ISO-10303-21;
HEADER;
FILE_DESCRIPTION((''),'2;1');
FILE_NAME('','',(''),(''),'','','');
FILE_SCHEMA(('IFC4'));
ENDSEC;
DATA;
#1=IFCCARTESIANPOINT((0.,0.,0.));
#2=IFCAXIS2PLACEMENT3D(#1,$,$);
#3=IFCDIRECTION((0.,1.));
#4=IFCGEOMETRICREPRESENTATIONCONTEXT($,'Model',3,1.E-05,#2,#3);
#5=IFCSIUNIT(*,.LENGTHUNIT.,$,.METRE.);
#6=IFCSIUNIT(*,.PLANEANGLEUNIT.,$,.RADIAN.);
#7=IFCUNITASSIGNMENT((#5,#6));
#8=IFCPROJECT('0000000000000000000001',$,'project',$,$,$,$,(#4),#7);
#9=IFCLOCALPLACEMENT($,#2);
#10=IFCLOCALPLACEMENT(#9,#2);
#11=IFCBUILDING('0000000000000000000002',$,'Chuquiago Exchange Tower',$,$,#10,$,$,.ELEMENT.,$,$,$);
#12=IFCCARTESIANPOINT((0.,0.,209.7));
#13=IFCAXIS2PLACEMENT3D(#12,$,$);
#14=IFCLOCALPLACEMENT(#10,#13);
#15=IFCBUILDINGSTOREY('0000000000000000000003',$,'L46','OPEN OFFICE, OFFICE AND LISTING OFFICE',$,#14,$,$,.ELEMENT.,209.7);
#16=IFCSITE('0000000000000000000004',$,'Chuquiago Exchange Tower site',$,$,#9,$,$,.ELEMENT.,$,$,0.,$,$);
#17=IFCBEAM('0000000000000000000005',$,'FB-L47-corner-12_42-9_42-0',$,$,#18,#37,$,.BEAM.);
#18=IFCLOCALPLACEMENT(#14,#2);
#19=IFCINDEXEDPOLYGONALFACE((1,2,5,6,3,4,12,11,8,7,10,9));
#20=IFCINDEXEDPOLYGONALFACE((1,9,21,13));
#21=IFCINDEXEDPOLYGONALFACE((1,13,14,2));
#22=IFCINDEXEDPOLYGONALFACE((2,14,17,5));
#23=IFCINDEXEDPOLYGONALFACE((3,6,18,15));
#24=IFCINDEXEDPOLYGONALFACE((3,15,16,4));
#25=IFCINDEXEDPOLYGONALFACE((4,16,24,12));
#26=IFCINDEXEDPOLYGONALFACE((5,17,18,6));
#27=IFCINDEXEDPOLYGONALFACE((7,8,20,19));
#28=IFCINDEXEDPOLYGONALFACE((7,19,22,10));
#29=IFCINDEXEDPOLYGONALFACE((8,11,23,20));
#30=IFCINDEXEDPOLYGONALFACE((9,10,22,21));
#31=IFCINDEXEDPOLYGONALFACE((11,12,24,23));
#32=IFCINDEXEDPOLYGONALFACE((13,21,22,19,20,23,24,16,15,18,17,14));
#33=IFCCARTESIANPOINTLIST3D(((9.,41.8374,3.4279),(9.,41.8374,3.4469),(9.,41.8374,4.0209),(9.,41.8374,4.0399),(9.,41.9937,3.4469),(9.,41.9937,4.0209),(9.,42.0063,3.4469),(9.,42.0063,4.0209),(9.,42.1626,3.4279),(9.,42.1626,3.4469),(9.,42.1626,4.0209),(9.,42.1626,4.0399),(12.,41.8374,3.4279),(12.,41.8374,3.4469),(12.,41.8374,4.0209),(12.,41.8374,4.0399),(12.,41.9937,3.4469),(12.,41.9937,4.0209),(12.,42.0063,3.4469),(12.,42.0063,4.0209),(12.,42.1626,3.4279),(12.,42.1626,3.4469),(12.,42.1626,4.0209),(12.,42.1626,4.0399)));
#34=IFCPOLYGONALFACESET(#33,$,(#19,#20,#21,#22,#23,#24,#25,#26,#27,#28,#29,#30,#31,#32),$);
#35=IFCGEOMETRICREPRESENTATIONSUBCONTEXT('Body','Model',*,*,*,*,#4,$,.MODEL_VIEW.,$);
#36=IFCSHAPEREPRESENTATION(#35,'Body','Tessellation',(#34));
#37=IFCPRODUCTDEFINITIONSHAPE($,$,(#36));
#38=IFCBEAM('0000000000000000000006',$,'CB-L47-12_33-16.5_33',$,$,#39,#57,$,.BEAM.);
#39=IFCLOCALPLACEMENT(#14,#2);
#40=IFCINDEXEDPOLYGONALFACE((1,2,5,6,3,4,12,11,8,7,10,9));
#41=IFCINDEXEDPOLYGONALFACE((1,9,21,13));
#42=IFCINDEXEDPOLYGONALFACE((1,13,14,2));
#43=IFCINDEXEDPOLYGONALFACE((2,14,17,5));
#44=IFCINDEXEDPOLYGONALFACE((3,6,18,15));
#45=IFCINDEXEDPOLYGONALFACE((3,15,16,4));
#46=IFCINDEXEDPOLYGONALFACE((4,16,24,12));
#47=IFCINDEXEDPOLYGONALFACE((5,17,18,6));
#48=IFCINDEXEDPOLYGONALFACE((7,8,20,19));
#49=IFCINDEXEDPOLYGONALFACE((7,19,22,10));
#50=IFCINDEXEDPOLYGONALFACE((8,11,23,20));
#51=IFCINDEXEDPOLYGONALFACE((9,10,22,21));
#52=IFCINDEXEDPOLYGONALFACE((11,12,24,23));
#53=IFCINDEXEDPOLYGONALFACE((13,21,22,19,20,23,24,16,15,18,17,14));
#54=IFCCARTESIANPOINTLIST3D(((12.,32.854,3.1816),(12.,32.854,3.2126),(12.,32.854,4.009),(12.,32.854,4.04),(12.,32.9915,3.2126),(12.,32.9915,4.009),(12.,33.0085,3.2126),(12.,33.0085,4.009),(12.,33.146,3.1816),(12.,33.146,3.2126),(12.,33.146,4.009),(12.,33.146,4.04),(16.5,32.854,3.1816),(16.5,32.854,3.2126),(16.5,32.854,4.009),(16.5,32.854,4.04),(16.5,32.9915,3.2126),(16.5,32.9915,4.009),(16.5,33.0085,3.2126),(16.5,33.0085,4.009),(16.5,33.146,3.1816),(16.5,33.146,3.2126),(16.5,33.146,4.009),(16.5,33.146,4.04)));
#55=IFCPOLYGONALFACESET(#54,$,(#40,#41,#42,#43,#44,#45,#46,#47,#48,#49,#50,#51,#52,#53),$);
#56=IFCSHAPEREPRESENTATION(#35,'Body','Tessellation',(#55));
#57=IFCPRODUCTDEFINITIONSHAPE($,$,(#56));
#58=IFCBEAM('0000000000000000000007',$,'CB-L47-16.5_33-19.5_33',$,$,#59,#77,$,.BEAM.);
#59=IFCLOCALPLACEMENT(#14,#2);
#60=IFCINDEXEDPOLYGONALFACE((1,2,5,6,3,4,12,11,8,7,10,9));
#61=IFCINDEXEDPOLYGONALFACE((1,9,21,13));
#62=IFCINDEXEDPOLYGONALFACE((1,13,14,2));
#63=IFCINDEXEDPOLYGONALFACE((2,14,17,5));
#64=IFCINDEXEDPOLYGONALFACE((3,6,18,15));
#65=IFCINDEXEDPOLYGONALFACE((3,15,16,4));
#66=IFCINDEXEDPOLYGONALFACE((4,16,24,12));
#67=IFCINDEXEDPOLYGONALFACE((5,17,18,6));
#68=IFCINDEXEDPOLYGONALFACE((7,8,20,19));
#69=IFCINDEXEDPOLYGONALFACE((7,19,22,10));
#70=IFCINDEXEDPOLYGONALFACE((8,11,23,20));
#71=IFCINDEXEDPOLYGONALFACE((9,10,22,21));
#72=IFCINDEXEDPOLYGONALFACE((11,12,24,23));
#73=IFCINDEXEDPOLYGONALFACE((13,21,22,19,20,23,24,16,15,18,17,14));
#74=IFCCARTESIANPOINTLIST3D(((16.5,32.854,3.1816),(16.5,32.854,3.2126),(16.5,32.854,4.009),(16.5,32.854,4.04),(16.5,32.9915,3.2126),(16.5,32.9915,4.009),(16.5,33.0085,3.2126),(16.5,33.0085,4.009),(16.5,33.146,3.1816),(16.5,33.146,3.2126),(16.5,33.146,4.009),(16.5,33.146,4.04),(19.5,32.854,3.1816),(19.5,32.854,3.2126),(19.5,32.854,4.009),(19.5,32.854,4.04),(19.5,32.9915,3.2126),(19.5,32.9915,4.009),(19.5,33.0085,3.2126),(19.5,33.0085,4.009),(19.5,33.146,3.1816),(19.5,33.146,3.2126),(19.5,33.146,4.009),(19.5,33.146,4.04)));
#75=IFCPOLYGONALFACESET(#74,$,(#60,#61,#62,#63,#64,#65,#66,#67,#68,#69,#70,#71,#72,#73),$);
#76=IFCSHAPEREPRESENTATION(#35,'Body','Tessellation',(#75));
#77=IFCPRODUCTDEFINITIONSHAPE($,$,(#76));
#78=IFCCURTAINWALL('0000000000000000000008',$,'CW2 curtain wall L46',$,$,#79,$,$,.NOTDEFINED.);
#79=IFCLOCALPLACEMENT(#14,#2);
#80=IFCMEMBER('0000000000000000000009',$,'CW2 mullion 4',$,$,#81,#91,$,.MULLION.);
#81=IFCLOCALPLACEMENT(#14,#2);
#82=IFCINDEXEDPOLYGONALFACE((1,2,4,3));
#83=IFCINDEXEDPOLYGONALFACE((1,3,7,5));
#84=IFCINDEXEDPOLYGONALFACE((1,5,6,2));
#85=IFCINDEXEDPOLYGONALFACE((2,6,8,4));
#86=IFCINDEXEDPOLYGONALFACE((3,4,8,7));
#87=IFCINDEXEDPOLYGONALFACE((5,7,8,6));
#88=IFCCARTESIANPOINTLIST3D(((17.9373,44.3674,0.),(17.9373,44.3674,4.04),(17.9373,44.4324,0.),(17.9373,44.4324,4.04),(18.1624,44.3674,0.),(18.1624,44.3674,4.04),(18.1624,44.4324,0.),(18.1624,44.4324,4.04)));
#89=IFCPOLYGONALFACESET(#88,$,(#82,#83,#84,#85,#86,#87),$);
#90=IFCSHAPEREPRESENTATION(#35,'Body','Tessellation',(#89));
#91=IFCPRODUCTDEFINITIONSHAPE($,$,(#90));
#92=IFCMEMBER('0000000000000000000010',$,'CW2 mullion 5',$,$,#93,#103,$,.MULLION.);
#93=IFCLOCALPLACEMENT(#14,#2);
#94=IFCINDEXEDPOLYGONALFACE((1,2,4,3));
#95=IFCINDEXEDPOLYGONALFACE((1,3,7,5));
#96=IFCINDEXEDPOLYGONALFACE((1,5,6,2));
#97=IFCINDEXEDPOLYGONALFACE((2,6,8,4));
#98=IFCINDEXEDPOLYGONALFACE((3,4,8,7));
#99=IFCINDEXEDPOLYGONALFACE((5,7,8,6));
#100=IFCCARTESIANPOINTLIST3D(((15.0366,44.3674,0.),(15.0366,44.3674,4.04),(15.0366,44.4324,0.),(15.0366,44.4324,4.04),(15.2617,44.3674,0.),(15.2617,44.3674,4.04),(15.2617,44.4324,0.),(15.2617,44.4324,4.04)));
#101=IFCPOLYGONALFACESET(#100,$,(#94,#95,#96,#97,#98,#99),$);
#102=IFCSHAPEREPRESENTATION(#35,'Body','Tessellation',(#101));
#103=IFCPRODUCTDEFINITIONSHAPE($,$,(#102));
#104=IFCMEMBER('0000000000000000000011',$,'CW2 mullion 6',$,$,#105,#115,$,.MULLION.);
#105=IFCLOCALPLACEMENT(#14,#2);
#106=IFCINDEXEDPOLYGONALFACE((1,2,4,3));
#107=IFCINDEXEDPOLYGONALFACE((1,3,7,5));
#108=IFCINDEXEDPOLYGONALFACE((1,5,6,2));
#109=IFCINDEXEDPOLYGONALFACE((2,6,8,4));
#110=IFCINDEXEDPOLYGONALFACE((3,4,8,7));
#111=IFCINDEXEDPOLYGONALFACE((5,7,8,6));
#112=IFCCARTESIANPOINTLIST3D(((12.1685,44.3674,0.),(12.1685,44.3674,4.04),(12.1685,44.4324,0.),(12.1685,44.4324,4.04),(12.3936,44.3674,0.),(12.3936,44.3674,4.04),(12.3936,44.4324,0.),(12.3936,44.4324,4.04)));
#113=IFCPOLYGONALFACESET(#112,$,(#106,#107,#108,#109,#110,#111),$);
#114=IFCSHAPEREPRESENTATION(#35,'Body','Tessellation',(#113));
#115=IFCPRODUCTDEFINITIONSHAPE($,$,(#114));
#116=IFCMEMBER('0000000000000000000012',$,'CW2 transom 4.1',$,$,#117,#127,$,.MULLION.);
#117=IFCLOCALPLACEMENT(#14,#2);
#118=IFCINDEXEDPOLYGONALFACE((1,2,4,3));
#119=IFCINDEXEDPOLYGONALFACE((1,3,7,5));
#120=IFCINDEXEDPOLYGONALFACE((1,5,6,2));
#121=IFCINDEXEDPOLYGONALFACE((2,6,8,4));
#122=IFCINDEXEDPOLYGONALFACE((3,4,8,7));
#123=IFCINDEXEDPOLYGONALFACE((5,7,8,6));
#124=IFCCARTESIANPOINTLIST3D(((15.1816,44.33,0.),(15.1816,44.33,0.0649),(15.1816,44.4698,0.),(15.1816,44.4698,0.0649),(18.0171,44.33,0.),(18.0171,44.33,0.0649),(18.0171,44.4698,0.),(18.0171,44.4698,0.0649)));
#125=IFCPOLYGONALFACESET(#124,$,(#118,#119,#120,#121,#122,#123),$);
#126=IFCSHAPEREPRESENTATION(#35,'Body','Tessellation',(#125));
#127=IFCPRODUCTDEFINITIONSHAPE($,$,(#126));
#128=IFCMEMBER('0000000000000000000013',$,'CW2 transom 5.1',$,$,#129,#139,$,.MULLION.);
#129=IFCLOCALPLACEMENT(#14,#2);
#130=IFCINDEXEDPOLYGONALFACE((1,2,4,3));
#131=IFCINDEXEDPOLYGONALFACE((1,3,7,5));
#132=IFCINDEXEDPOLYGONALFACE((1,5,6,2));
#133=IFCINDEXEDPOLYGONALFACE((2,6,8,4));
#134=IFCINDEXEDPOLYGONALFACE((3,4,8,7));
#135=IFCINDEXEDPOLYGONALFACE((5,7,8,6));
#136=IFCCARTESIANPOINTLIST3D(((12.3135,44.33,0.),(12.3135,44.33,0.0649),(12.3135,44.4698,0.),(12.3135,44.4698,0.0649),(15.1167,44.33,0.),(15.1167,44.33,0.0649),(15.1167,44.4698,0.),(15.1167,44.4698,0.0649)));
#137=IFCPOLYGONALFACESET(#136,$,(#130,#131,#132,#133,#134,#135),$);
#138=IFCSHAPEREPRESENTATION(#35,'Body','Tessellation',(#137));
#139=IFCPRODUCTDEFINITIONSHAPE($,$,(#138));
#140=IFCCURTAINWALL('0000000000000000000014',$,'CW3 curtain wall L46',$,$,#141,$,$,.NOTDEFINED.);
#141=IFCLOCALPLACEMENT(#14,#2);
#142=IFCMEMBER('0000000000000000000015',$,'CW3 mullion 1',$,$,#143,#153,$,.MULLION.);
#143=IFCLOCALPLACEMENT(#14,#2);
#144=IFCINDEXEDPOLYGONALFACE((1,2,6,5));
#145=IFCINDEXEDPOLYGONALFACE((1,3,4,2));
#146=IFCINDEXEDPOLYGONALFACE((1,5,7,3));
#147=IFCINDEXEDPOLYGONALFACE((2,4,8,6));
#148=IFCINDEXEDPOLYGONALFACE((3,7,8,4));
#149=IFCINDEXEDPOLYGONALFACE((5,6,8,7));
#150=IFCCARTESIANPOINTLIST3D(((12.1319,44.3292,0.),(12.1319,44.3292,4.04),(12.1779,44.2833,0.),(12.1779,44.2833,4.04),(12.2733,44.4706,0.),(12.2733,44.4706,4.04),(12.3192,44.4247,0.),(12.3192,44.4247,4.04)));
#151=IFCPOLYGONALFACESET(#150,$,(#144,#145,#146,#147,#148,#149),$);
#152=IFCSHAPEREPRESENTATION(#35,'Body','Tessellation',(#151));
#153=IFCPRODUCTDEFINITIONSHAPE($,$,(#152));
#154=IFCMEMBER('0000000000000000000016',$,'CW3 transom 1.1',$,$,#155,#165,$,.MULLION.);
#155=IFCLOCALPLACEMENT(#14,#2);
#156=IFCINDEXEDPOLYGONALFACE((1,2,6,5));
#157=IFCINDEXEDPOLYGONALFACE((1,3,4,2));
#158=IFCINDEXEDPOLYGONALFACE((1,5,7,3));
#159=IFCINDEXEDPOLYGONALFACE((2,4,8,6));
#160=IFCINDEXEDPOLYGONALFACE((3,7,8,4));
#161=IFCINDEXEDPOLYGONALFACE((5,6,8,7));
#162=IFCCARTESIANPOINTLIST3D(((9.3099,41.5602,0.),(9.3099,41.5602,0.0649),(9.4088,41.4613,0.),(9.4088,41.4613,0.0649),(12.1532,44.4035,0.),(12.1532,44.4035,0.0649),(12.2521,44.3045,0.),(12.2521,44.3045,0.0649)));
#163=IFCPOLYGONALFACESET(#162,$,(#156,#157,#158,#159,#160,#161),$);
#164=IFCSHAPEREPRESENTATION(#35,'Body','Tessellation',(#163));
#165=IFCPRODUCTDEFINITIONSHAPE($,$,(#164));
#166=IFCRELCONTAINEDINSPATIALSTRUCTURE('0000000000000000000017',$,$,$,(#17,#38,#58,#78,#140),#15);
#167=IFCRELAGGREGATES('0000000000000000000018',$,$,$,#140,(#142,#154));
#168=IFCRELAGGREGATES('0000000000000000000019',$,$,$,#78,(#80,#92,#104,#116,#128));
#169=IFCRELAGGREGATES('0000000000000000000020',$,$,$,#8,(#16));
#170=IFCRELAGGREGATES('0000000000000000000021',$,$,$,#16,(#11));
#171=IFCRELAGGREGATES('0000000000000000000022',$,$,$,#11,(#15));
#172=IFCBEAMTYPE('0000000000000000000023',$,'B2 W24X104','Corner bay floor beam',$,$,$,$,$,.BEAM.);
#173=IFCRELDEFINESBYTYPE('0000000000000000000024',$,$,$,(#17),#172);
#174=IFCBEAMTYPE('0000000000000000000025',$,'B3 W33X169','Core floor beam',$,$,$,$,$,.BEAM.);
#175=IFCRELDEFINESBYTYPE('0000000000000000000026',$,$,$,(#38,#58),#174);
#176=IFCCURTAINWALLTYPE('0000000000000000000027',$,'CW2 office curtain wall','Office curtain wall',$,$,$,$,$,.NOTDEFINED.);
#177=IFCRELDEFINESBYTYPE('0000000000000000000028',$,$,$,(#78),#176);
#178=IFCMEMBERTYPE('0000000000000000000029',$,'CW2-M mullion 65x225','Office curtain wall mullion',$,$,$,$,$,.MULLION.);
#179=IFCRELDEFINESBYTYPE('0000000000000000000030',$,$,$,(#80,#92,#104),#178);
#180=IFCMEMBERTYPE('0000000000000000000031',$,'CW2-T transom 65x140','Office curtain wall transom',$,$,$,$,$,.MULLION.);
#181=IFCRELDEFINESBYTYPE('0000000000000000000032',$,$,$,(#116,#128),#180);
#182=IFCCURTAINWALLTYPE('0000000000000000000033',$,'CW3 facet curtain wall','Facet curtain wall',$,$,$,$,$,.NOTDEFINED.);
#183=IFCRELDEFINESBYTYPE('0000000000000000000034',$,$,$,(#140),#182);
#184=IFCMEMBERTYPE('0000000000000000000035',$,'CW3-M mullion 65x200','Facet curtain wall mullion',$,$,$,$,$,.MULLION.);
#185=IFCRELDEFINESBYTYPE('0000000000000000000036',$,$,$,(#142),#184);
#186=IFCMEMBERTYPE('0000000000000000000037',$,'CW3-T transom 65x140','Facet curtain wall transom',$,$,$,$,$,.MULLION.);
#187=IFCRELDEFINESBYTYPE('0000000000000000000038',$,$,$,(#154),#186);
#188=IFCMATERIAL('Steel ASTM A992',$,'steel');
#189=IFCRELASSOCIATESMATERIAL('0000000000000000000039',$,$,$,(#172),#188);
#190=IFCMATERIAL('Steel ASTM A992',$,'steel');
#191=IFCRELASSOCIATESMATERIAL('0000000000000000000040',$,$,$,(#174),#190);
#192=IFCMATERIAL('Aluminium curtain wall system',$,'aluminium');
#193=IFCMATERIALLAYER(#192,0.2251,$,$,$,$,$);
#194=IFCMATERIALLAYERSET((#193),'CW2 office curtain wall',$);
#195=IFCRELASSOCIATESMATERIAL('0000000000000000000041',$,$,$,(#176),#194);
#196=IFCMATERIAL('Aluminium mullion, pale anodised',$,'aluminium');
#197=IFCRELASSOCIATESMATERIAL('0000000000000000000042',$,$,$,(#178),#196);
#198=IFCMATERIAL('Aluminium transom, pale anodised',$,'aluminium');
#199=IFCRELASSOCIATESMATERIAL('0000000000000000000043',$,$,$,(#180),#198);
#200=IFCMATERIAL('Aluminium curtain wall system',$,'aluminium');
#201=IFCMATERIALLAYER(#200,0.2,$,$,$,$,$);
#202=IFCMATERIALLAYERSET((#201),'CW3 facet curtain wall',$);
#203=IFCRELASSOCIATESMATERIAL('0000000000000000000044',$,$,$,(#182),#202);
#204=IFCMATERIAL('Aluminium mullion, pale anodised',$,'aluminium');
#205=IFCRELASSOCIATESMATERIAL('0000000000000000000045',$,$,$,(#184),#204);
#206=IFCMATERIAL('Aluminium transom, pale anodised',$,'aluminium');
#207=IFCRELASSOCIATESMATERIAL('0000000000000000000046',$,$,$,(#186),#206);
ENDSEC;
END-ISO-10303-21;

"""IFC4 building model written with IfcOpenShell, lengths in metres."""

from ifc_helpers import new_model, si_unit, direction, frame, origin, origin_2d, place, context, subcontext, project, spatial, rectangle, i_section, extrude, material, layer, layer_set, material_profile, profile_set, type_object, element, aggregate, save


model = new_model("IFC4")

# Units and contexts
model_context = context("Model", 3, precision=1e-05, world=origin(), true_north=direction((0.0, 1.0)))
body_context = subcontext(model_context, "Body", "Model", "MODEL_VIEW")
ifc_project = project(units=[si_unit("LENGTHUNIT", "METRE"), si_unit("PLANEANGLEUNIT", "RADIAN")], contexts=[model_context])

# Site, building, storey
site_placement = place(None, origin())
site = spatial("IfcSite", under=ifc_project, at=site_placement, Name="Chuquiago Exchange Tower site", CompositionType="ELEMENT", RefElevation=0.0)
building_placement = place(site_placement, origin())
building = spatial("IfcBuilding", under=site, at=building_placement, Name="Chuquiago Exchange Tower", CompositionType="ELEMENT")
storey_placement = place(building_placement, frame((0.0, 0.0, 209.7)))
storey = spatial("IfcBuildingStorey", under=building, at=storey_placement, Name="L46", Description="OPEN OFFICE, OFFICE AND LISTING OFFICE", CompositionType="ELEMENT", Elevation=209.7)

# Beams
ifc_material_1 = material(Name="Steel ASTM A992", Category="steel")
ifc_material_profile_1 = material_profile(ifc_material_1, i_section(OverallWidth=0.3252, OverallDepth=0.6121, WebThickness=0.0127, FlangeThickness=0.019, at=origin_2d()), Name="W24X104")
ifc_profile_set_1 = profile_set([ifc_material_profile_1], Name="Steel ASTM A992")
beam_type_1 = type_object("IfcBeamType", Name="B2 W24X104", Description="Corner bay floor beam", PredefinedType="BEAM", material=ifc_profile_set_1)
beam_1_placement = place(storey_placement, frame((12.0, 42.0, 3.7339), z_axis=(-1.0, 0.0, 0.0), x_axis=(0.0, -1.0, 0.0)))
element("IfcBeam", 1, at=beam_1_placement, inside=storey, type_object=beam_type_1, Name="FB-L47-corner-12_42-9_42-0", PredefinedType="BEAM", context=body_context, shape_type="SweptSolid", body=[
    extrude(i_section(OverallWidth=0.3252, OverallDepth=0.6121, WebThickness=0.0127, FlangeThickness=0.019, at=origin_2d()), origin(), (0.0, 0.0, 1.0), 3.0),
])
ifc_material_2 = material(Name="Steel ASTM A992", Category="steel")
ifc_material_profile_2 = material_profile(ifc_material_2, i_section(OverallWidth=0.292, OverallDepth=0.8584, WebThickness=0.0171, FlangeThickness=0.031, at=origin_2d()), Name="W33X169")
ifc_profile_set_2 = profile_set([ifc_material_profile_2], Name="Steel ASTM A992")
beam_type_2 = type_object("IfcBeamType", Name="B3 W33X169", Description="Core floor beam", PredefinedType="BEAM", material=ifc_profile_set_2)
beam_2_placement = place(storey_placement, frame((12.0, 33.0, 3.6108), z_axis=(1.0, 0.0, 0.0), x_axis=(0.0, 1.0, 0.0)))
element("IfcBeam", 2, at=beam_2_placement, inside=storey, type_object=beam_type_2, Name="CB-L47-12_33-16.5_33", PredefinedType="BEAM", context=body_context, shape_type="SweptSolid", body=[
    extrude(i_section(OverallWidth=0.292, OverallDepth=0.8584, WebThickness=0.0171, FlangeThickness=0.031, at=origin_2d()), origin(), (0.0, 0.0, 1.0), 4.5),
])
beam_3_placement = place(storey_placement, frame((16.5, 33.0, 3.6108), z_axis=(1.0, 0.0, 0.0), x_axis=(0.0, 1.0, 0.0)))
element("IfcBeam", 3, at=beam_3_placement, inside=storey, type_object=beam_type_2, Name="CB-L47-16.5_33-19.5_33", PredefinedType="BEAM", context=body_context, shape_type="SweptSolid", body=[
    extrude(i_section(OverallWidth=0.292, OverallDepth=0.8584, WebThickness=0.0171, FlangeThickness=0.031, at=origin_2d()), origin(), (0.0, 0.0, 1.0), 3.0),
])

# Curtain walls, members
ifc_material_3 = material(Name="Aluminium curtain wall system", Category="aluminium")
ifc_layer_1 = layer(ifc_material_3, 0.2251)
ifc_layer_set_1 = layer_set([ifc_layer_1], Name="CW2 office curtain wall")
curtain_wall_type_1 = type_object("IfcCurtainWallType", Name="CW2 office curtain wall", Description="Office curtain wall", PredefinedType="NOTDEFINED", material=ifc_layer_set_1)
curtain_wall_1_placement = place(storey_placement, origin())
curtain_wall_1 = element("IfcCurtainWall", 4, at=curtain_wall_1_placement, inside=storey, type_object=curtain_wall_type_1, Name="CW2 curtain wall L46", PredefinedType="NOTDEFINED")
ifc_material_4 = material(Name="Aluminium mullion, pale anodised", Category="aluminium")
ifc_material_profile_3 = material_profile(ifc_material_4, rectangle(XDim=0.0649, YDim=0.2251, at=origin_2d()), Name="AL 65x225")
ifc_profile_set_3 = profile_set([ifc_material_profile_3], Name="Aluminium mullion, pale anodised")
member_type_1 = type_object("IfcMemberType", Name="CW2-M mullion 65x225", Description="Office curtain wall mullion", PredefinedType="MULLION", material=ifc_profile_set_3)
member_1_placement = place(storey_placement, frame((18.0498, 44.3999, 0.0), z_axis=(0.0, 0.0, 1.0), x_axis=(0.0, -1.0, 0.0)))
member_1 = element("IfcMember", 5, at=member_1_placement, type_object=member_type_1, Name="CW2 mullion 4", PredefinedType="MULLION", context=body_context, shape_type="SweptSolid", body=[
    extrude(rectangle(XDim=0.0649, YDim=0.2251, at=origin_2d()), origin(), (0.0, 0.0, 1.0), 4.04),
])
member_2_placement = place(storey_placement, frame((15.1492, 44.3999, 0.0), z_axis=(0.0, 0.0, 1.0), x_axis=(0.0, -1.0, 0.0)))
member_2 = element("IfcMember", 6, at=member_2_placement, type_object=member_type_1, Name="CW2 mullion 5", PredefinedType="MULLION", context=body_context, shape_type="SweptSolid", body=[
    extrude(rectangle(XDim=0.0649, YDim=0.2251, at=origin_2d()), origin(), (0.0, 0.0, 1.0), 4.04),
])
member_3_placement = place(storey_placement, frame((12.281, 44.3999, 0.0), z_axis=(0.0, 0.0, 1.0), x_axis=(0.0, -1.0, 0.0)))
member_3 = element("IfcMember", 7, at=member_3_placement, type_object=member_type_1, Name="CW2 mullion 6", PredefinedType="MULLION", context=body_context, shape_type="SweptSolid", body=[
    extrude(rectangle(XDim=0.0649, YDim=0.2251, at=origin_2d()), origin(), (0.0, 0.0, 1.0), 4.04),
])
ifc_material_5 = material(Name="Aluminium transom, pale anodised", Category="aluminium")
ifc_material_profile_4 = material_profile(ifc_material_5, rectangle(XDim=0.1399, YDim=0.0649, at=origin_2d()), Name="AL 140x65")
ifc_profile_set_4 = profile_set([ifc_material_profile_4], Name="Aluminium transom, pale anodised")
member_type_2 = type_object("IfcMemberType", Name="CW2-T transom 65x140", Description="Office curtain wall transom", PredefinedType="MULLION", material=ifc_profile_set_4)
member_4_placement = place(storey_placement, frame((18.0171, 44.3999, 0.0325), z_axis=(-1.0, 0.0, 0.0), x_axis=(0.0, -1.0, 0.0)))
member_4 = element("IfcMember", 8, at=member_4_placement, type_object=member_type_2, Name="CW2 transom 4.1", PredefinedType="MULLION", context=body_context, shape_type="SweptSolid", body=[
    extrude(rectangle(XDim=0.1399, YDim=0.0649, at=origin_2d()), origin(), (0.0, 0.0, 1.0), 2.8354),
])
member_5_placement = place(storey_placement, frame((15.1167, 44.3999, 0.0325), z_axis=(-1.0, 0.0, 0.0), x_axis=(0.0, -1.0, 0.0)))
member_5 = element("IfcMember", 9, at=member_5_placement, type_object=member_type_2, Name="CW2 transom 5.1", PredefinedType="MULLION", context=body_context, shape_type="SweptSolid", body=[
    extrude(rectangle(XDim=0.1399, YDim=0.0649, at=origin_2d()), origin(), (0.0, 0.0, 1.0), 2.8032),
])
ifc_material_6 = material(Name="Aluminium curtain wall system", Category="aluminium")
ifc_layer_2 = layer(ifc_material_6, 0.2)
ifc_layer_set_2 = layer_set([ifc_layer_2], Name="CW3 facet curtain wall")
curtain_wall_type_2 = type_object("IfcCurtainWallType", Name="CW3 facet curtain wall", Description="Facet curtain wall", PredefinedType="NOTDEFINED", material=ifc_layer_set_2)
curtain_wall_2_placement = place(storey_placement, origin())
curtain_wall_2 = element("IfcCurtainWall", 10, at=curtain_wall_2_placement, inside=storey, type_object=curtain_wall_type_2, Name="CW3 curtain wall L46", PredefinedType="NOTDEFINED")
ifc_material_7 = material(Name="Aluminium mullion, pale anodised", Category="aluminium")
ifc_material_profile_5 = material_profile(ifc_material_7, rectangle(XDim=0.0649, YDim=0.2, at=origin_2d()), Name="AL 65x200")
ifc_profile_set_5 = profile_set([ifc_material_profile_5], Name="Aluminium mullion, pale anodised")
member_type_3 = type_object("IfcMemberType", Name="CW3-M mullion 65x200", Description="Facet curtain wall mullion", PredefinedType="MULLION", material=ifc_profile_set_5)
member_6_placement = place(storey_placement, frame((12.2256, 44.377, 0.0), z_axis=(0.0, 0.0, 1.0), x_axis=(0.707107, -0.707107, 0.0)))
member_6 = element("IfcMember", 11, at=member_6_placement, type_object=member_type_3, Name="CW3 mullion 1", PredefinedType="MULLION", context=body_context, shape_type="SweptSolid", body=[
    extrude(rectangle(XDim=0.0649, YDim=0.2, at=origin_2d()), origin(), (0.0, 0.0, 1.0), 4.04),
])
ifc_material_8 = material(Name="Aluminium transom, pale anodised", Category="aluminium")
ifc_material_profile_6 = material_profile(ifc_material_8, rectangle(XDim=0.1399, YDim=0.0649, at=origin_2d()), Name="AL 140x65")
ifc_profile_set_6 = profile_set([ifc_material_profile_6], Name="Aluminium transom, pale anodised")
member_type_4 = type_object("IfcMemberType", Name="CW3-T transom 65x140", Description="Facet curtain wall transom", PredefinedType="MULLION", material=ifc_profile_set_6)
member_7_placement = place(storey_placement, frame((12.2026, 44.354, 0.0325), z_axis=(-0.707107, -0.707107, 0.0), x_axis=(0.707107, -0.707107, 0.0)))
member_7 = element("IfcMember", 12, at=member_7_placement, type_object=member_type_4, Name="CW3 transom 1.1", PredefinedType="MULLION", context=body_context, shape_type="SweptSolid", body=[
    extrude(rectangle(XDim=0.1399, YDim=0.0649, at=origin_2d()), origin(), (0.0, 0.0, 1.0), 4.021),
])
aggregate(curtain_wall_2, [member_6, member_7])

aggregate(curtain_wall_1, [member_1, member_2, member_3, member_4, member_5])

save(model, "model.ifc")
